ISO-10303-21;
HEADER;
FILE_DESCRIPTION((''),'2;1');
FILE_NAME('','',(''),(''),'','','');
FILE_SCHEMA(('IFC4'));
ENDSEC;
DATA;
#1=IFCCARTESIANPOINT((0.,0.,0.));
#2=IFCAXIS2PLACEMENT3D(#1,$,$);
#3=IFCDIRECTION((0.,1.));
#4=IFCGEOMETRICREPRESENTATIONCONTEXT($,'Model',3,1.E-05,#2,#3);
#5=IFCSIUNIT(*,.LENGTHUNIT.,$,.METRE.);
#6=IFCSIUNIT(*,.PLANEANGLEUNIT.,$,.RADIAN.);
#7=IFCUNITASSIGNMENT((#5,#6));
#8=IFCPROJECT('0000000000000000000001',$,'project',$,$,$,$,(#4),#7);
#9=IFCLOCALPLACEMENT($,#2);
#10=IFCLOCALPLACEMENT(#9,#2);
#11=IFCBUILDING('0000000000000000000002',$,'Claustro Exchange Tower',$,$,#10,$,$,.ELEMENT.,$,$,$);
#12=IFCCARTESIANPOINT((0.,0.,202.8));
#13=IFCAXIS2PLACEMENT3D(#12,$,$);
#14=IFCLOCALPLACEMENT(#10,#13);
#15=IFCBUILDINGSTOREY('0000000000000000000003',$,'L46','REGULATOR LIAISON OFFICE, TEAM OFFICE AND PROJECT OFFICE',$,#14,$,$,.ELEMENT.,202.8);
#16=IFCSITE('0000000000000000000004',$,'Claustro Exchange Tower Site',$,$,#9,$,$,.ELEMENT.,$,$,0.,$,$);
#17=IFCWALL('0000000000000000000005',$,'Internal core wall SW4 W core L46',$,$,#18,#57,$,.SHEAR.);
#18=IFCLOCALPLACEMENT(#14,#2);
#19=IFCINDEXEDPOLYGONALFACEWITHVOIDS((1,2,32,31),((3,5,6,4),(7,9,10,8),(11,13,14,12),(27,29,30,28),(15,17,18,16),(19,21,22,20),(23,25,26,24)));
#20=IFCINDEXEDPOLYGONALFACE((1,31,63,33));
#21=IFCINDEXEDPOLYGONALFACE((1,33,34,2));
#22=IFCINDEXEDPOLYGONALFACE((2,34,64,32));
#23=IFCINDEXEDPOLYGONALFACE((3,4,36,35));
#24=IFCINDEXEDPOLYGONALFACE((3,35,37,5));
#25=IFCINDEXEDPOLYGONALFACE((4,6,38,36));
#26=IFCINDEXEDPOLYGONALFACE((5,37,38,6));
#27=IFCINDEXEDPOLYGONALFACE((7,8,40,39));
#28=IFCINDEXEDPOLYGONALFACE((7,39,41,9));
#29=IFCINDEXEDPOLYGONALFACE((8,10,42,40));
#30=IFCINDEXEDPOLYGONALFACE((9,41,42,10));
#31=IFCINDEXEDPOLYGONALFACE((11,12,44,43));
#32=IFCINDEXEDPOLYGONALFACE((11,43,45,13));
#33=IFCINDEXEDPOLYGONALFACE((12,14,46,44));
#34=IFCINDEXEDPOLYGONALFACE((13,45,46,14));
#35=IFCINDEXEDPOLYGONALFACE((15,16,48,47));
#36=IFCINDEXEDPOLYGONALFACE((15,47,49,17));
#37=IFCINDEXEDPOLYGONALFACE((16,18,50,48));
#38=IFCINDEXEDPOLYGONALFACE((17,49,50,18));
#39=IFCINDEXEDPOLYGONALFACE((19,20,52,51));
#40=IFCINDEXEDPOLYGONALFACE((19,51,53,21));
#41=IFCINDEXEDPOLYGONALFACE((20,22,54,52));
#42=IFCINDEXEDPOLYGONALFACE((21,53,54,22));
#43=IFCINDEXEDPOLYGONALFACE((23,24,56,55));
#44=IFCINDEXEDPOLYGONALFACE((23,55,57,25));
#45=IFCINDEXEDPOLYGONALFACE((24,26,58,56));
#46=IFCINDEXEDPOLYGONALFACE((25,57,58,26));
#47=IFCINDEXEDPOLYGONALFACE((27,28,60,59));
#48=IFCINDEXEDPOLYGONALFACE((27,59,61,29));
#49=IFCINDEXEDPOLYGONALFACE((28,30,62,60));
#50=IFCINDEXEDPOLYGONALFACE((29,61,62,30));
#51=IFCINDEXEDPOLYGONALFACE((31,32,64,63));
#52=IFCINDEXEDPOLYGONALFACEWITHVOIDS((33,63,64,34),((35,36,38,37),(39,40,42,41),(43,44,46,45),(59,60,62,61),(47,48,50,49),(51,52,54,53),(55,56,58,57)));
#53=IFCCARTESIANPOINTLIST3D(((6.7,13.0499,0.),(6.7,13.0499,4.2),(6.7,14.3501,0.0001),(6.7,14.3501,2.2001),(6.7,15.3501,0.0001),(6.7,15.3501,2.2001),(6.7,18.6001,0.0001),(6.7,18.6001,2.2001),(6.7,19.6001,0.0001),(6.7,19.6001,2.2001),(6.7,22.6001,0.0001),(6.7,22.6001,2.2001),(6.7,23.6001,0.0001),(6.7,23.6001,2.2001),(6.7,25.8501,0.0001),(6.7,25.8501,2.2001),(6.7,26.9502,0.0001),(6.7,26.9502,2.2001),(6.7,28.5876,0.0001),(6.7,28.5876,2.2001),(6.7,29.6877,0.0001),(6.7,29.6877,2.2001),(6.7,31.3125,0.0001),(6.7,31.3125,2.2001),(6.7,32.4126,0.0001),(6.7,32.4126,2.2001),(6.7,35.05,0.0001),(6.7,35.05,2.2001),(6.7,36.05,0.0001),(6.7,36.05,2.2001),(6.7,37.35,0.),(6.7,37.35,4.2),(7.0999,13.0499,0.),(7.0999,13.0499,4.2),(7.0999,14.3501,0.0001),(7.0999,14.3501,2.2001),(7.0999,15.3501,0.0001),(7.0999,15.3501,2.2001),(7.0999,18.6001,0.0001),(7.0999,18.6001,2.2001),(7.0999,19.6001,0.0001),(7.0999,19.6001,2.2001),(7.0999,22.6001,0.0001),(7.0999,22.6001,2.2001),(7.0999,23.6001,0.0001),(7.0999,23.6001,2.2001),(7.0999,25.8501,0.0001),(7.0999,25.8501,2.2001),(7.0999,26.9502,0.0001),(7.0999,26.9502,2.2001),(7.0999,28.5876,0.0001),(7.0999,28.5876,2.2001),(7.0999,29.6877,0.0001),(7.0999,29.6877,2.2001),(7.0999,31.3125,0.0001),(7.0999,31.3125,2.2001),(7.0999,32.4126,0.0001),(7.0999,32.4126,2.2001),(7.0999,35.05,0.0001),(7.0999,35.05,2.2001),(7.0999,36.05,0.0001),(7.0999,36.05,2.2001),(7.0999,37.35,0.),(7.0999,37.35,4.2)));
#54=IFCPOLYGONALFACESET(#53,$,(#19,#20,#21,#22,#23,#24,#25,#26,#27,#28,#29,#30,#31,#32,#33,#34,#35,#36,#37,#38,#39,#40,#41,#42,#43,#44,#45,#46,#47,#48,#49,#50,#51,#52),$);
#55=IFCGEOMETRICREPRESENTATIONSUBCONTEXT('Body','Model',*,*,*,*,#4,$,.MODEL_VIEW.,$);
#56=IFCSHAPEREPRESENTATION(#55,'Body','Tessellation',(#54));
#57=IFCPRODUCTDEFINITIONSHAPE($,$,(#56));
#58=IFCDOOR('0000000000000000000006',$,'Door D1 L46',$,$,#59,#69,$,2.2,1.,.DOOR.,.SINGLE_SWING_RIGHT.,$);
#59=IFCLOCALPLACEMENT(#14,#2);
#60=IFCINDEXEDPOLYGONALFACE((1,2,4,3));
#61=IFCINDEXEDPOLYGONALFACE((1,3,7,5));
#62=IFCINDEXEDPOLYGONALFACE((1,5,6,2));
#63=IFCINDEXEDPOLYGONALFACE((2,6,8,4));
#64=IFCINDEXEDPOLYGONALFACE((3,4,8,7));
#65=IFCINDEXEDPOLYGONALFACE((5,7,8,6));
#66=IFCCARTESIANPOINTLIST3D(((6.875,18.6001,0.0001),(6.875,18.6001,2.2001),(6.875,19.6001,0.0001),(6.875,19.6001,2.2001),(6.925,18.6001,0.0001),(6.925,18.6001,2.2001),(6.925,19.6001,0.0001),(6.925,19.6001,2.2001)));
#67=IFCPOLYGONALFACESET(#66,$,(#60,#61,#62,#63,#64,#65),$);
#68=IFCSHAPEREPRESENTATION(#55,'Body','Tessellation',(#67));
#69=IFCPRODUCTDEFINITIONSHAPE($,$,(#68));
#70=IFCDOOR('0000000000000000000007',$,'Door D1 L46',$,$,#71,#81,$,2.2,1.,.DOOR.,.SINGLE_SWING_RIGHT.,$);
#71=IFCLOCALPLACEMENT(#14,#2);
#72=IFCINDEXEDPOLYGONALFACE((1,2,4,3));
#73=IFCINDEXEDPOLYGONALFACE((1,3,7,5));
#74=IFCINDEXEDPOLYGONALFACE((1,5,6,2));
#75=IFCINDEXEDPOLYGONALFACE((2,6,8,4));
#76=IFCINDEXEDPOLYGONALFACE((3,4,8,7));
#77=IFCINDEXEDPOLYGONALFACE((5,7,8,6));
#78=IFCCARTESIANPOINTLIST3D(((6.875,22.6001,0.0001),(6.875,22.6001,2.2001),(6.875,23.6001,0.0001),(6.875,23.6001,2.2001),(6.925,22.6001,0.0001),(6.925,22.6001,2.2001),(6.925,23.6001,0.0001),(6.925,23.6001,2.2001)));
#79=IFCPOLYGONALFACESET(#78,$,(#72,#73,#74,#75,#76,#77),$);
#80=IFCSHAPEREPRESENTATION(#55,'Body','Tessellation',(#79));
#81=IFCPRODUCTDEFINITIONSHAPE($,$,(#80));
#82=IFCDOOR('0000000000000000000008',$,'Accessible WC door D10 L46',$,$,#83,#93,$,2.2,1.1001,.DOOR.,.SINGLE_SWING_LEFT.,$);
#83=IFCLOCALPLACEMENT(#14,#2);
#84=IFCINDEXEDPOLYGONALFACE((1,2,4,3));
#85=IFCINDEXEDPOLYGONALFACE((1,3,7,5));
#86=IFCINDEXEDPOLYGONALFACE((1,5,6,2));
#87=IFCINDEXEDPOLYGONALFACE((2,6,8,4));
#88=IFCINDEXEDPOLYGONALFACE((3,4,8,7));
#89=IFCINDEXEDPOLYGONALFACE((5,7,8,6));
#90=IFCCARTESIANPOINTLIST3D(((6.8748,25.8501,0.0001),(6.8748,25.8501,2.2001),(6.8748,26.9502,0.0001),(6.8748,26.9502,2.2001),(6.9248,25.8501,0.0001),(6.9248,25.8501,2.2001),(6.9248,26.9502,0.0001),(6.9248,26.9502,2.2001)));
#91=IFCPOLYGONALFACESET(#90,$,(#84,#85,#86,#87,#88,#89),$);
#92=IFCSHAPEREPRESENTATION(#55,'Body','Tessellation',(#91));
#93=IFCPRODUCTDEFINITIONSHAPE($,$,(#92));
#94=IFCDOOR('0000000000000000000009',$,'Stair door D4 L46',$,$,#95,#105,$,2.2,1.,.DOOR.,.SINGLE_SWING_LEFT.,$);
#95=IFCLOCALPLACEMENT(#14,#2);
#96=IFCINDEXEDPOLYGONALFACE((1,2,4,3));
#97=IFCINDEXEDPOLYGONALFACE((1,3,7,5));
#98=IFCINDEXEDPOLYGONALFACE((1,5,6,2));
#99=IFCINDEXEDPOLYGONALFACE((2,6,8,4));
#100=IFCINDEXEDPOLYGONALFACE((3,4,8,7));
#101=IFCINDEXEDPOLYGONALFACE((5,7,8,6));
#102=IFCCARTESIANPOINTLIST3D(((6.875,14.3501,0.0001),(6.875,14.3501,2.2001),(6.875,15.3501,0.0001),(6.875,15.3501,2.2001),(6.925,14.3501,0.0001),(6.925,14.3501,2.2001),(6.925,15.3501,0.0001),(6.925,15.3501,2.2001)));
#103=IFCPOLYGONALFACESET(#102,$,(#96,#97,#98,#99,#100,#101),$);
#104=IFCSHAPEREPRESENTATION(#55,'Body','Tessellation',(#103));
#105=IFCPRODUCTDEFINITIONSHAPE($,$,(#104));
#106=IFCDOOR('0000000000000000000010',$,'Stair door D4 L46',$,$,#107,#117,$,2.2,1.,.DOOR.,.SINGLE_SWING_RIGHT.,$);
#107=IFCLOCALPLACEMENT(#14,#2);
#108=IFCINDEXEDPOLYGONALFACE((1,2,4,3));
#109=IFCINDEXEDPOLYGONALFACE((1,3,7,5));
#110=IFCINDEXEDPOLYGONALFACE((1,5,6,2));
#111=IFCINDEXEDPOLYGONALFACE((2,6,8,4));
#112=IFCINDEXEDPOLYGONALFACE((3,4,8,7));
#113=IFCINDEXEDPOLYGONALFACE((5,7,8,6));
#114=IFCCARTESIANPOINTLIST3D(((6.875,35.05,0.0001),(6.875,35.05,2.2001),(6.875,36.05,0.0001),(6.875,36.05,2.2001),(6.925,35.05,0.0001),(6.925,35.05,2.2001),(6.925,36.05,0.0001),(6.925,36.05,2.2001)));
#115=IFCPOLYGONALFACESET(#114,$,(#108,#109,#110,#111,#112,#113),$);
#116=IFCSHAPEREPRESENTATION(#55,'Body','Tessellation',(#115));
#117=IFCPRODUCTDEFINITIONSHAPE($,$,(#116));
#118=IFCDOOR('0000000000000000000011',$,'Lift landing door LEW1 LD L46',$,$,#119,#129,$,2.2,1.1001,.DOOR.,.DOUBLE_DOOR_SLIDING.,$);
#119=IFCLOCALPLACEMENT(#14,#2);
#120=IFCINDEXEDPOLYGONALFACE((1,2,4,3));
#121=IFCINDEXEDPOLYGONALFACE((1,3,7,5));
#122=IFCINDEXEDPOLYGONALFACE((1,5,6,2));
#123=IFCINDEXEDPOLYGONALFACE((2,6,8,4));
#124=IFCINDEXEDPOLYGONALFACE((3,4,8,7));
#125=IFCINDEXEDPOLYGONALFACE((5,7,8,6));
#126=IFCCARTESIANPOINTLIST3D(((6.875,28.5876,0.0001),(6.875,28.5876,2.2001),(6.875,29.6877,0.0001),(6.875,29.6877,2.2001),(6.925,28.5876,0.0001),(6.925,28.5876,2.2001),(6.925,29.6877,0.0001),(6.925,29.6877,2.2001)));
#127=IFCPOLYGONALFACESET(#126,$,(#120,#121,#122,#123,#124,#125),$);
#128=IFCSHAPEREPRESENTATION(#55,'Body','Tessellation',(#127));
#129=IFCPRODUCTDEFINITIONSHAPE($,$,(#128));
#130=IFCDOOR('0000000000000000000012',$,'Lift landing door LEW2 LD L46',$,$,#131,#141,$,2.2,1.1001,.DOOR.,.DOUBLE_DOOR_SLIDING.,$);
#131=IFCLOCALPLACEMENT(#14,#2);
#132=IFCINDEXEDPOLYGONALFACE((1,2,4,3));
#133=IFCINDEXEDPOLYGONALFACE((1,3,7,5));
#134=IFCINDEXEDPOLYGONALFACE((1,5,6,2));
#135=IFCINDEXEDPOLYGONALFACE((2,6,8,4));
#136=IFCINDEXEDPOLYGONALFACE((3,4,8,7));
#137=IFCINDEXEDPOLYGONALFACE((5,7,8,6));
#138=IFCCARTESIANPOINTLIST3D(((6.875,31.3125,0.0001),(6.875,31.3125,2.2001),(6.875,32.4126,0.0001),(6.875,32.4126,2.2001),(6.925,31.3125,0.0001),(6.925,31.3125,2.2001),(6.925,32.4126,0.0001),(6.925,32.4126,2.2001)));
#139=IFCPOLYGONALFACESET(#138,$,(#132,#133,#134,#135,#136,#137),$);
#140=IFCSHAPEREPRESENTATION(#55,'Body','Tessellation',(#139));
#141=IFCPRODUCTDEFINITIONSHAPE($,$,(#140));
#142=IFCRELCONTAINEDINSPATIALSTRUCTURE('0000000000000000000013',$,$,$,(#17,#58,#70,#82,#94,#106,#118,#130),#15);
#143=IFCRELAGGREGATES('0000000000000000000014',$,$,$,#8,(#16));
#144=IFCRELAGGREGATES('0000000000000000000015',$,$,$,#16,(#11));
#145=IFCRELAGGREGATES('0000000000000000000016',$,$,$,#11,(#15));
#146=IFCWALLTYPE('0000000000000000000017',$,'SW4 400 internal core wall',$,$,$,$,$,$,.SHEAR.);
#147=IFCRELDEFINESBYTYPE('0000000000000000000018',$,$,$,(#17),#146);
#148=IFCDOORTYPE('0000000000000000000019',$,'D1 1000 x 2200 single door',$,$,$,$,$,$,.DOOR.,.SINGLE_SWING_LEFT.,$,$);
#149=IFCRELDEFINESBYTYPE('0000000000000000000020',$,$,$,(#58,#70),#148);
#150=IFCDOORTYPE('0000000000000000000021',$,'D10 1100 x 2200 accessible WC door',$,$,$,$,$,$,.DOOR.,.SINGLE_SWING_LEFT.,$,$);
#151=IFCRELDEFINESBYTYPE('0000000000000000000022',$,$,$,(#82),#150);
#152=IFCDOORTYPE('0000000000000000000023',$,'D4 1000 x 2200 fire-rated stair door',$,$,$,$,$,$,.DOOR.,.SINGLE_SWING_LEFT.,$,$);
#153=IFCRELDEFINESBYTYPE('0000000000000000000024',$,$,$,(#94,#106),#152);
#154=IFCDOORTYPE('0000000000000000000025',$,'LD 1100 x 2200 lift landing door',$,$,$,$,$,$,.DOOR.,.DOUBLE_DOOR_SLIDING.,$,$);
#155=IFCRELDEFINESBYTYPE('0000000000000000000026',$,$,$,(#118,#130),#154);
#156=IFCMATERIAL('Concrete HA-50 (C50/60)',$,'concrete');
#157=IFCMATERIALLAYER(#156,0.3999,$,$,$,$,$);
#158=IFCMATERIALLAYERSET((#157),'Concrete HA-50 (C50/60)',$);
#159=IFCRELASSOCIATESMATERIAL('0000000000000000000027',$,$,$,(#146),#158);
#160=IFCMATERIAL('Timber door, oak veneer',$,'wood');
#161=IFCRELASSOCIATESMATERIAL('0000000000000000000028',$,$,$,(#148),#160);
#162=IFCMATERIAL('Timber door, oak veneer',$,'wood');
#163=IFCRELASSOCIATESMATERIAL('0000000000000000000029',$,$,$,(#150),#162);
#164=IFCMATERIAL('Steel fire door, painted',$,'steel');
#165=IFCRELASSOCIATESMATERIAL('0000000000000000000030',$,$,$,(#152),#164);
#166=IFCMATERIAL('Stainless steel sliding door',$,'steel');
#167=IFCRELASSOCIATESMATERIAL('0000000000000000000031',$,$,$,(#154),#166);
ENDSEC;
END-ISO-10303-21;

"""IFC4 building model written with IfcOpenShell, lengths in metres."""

from ifc_helpers import new_model, si_unit, direction, frame, frame_2d, origin, place, context, subcontext, project, spatial, rectangle, extrude, material, layer, layer_set, type_object, element, fill, save


model = new_model("IFC4")

# Units and contexts
model_context = context("Model", 3, precision=1e-05, world=origin(), true_north=direction((0.0, 1.0)))
body_context = subcontext(model_context, "Body", "Model", "MODEL_VIEW")
ifc_project = project(units=[si_unit("LENGTHUNIT", "METRE"), si_unit("PLANEANGLEUNIT", "RADIAN")], contexts=[model_context])

# Site, building, storey
site_placement = place(None, origin())
site = spatial("IfcSite", under=ifc_project, at=site_placement, Name="Claustro Exchange Tower Site", CompositionType="ELEMENT", RefElevation=0.0)
building_placement = place(site_placement, origin())
building = spatial("IfcBuilding", under=site, at=building_placement, Name="Claustro Exchange Tower", CompositionType="ELEMENT")
storey_placement = place(building_placement, frame((0.0, 0.0, 202.8)))
storey = spatial("IfcBuildingStorey", under=building, at=storey_placement, Name="L46", Description="REGULATOR LIAISON OFFICE, TEAM OFFICE AND PROJECT OFFICE", CompositionType="ELEMENT", Elevation=202.8)

# Wall, openings, doors
ifc_material_1 = material(Name="Concrete HA-50 (C50/60)", Category="concrete")
ifc_layer_1 = layer(ifc_material_1, 0.3999)
ifc_layer_set_1 = layer_set([ifc_layer_1], Name="Concrete HA-50 (C50/60)")
wall_type_1 = type_object("IfcWallType", Name="SW4 400 internal core wall", PredefinedType="SHEAR", material=ifc_layer_set_1)
wall_1_placement = place(storey_placement, frame((6.8999, 13.05, 0.0), z_axis=(0.0, 0.0, 1.0), x_axis=(0.0, 1.0, 0.0)))
wall_1 = element("IfcWall", 1, at=wall_1_placement, inside=storey, type_object=wall_type_1, Name="Internal core wall SW4 W core L46", PredefinedType="SHEAR", context=body_context, shape_type="SweptSolid", body=[
    extrude(rectangle(XDim=24.3, YDim=0.3999, at=frame_2d((12.1499, 0.0))), origin(), (0.0, 0.0, 1.0), 4.2),
])
opening_1_placement = place(wall_1_placement, frame((1.3, 0.0, 0.0)))
opening_1 = element("IfcOpeningElement", 2, at=opening_1_placement, cuts=wall_1, PredefinedType="OPENING", context=body_context, shape_type="SweptSolid", body=[
    extrude(rectangle(XDim=1.0, YDim=2.2, at=frame_2d((0.5, 1.1001))), frame((0.0, 0.21, 0.0), z_axis=(0.0, -1.0, 0.0), x_axis=(1.0, 0.0, 0.0)), (0.0, 0.0, 1.0), 0.4199),
])
opening_2_placement = place(wall_1_placement, frame((22.0, 0.0, 0.0)))
opening_2 = element("IfcOpeningElement", 3, at=opening_2_placement, cuts=wall_1, PredefinedType="OPENING", context=body_context, shape_type="SweptSolid", body=[
    extrude(rectangle(XDim=1.0, YDim=2.2, at=frame_2d((0.5, 1.1001))), frame((0.0, 0.21, 0.0), z_axis=(0.0, -1.0, 0.0), x_axis=(1.0, 0.0, 0.0)), (0.0, 0.0, 1.0), 0.4199),
])
opening_3_placement = place(wall_1_placement, frame((5.55, 0.0, 0.0)))
opening_3 = element("IfcOpeningElement", 4, at=opening_3_placement, cuts=wall_1, PredefinedType="OPENING", context=body_context, shape_type="SweptSolid", body=[
    extrude(rectangle(XDim=1.0, YDim=2.2, at=frame_2d((0.5, 1.1001))), frame((0.0, 0.21, 0.0), z_axis=(0.0, -1.0, 0.0), x_axis=(1.0, 0.0, 0.0)), (0.0, 0.0, 1.0), 0.4199),
])
opening_4_placement = place(wall_1_placement, frame((9.55, 0.0, 0.0)))
opening_4 = element("IfcOpeningElement", 5, at=opening_4_placement, cuts=wall_1, PredefinedType="OPENING", context=body_context, shape_type="SweptSolid", body=[
    extrude(rectangle(XDim=1.0, YDim=2.2, at=frame_2d((0.5, 1.1001))), frame((0.0, 0.21, 0.0), z_axis=(0.0, -1.0, 0.0), x_axis=(1.0, 0.0, 0.0)), (0.0, 0.0, 1.0), 0.4199),
])
opening_5_placement = place(wall_1_placement, frame((12.8, 0.0, 0.0)))
opening_5 = element("IfcOpeningElement", 6, at=opening_5_placement, cuts=wall_1, PredefinedType="OPENING", context=body_context, shape_type="SweptSolid", body=[
    extrude(rectangle(XDim=1.1001, YDim=2.2, at=frame_2d((0.55, 1.1001))), frame((0.0, 0.21, 0.0), z_axis=(0.0, -1.0, 0.0), x_axis=(1.0, 0.0, 0.0)), (0.0, 0.0, 1.0), 0.4199),
])
opening_6_placement = place(wall_1_placement, frame((15.5376, 0.0, 0.0)))
opening_6 = element("IfcOpeningElement", 7, at=opening_6_placement, cuts=wall_1, PredefinedType="OPENING", context=body_context, shape_type="SweptSolid", body=[
    extrude(rectangle(XDim=1.1001, YDim=2.2, at=frame_2d((0.55, 1.1001))), frame((0.0, 0.21, 0.0), z_axis=(0.0, -1.0, 0.0), x_axis=(1.0, 0.0, 0.0)), (0.0, 0.0, 1.0), 0.4199),
])
opening_7_placement = place(wall_1_placement, frame((18.2625, 0.0, 0.0)))
opening_7 = element("IfcOpeningElement", 8, at=opening_7_placement, cuts=wall_1, PredefinedType="OPENING", context=body_context, shape_type="SweptSolid", body=[
    extrude(rectangle(XDim=1.1001, YDim=2.2, at=frame_2d((0.55, 1.1001))), frame((0.0, 0.21, 0.0), z_axis=(0.0, -1.0, 0.0), x_axis=(1.0, 0.0, 0.0)), (0.0, 0.0, 1.0), 0.4199),
])
ifc_material_2 = material(Name="Timber door, oak veneer", Category="wood")
door_type_1 = type_object("IfcDoorType", Name="D1 1000 x 2200 single door", OperationType="SINGLE_SWING_LEFT", PredefinedType="DOOR", material=ifc_material_2)
door_1_placement = place(opening_3_placement, origin())
door_1 = element("IfcDoor", 9, at=door_1_placement, inside=storey, type_object=door_type_1, Name="Door D1 L46", OperationType="SINGLE_SWING_RIGHT", OverallHeight=2.2, OverallWidth=1.0, PredefinedType="DOOR", context=body_context, shape_type="SweptSolid", body=[
    extrude(rectangle(XDim=1.0, YDim=2.2, at=frame_2d((0.5, 1.1001))), frame((0.0, 0.0249, 0.0), z_axis=(0.0, -1.0, 0.0), x_axis=(1.0, 0.0, 0.0)), (0.0, 0.0, 1.0), 0.05),
])
fill(opening_3, door_1)
door_2_placement = place(opening_4_placement, origin())
door_2 = element("IfcDoor", 10, at=door_2_placement, inside=storey, type_object=door_type_1, Name="Door D1 L46", OperationType="SINGLE_SWING_RIGHT", OverallHeight=2.2, OverallWidth=1.0, PredefinedType="DOOR", context=body_context, shape_type="SweptSolid", body=[
    extrude(rectangle(XDim=1.0, YDim=2.2, at=frame_2d((0.5, 1.1001))), frame((0.0, 0.0249, 0.0), z_axis=(0.0, -1.0, 0.0), x_axis=(1.0, 0.0, 0.0)), (0.0, 0.0, 1.0), 0.05),
])
fill(opening_4, door_2)
ifc_material_3 = material(Name="Timber door, oak veneer", Category="wood")
door_type_2 = type_object("IfcDoorType", Name="D10 1100 x 2200 accessible WC door", OperationType="SINGLE_SWING_LEFT", PredefinedType="DOOR", material=ifc_material_3)
door_3_placement = place(opening_5_placement, frame((1.1001, 0.0, 0.0), z_axis=(0.0, 0.0, 1.0), x_axis=(-1.0, 0.0, 0.0)))
door_3 = element("IfcDoor", 11, at=door_3_placement, inside=storey, type_object=door_type_2, Name="Accessible WC door D10 L46", OperationType="SINGLE_SWING_LEFT", OverallHeight=2.2, OverallWidth=1.1001, PredefinedType="DOOR", context=body_context, shape_type="SweptSolid", body=[
    extrude(rectangle(XDim=1.1001, YDim=2.2, at=frame_2d((0.55, 1.1001))), frame((0.0, 0.0249, 0.0), z_axis=(0.0, -1.0, 0.0), x_axis=(1.0, 0.0, 0.0)), (0.0, 0.0, 1.0), 0.05),
])
fill(opening_5, door_3)
ifc_material_4 = material(Name="Steel fire door, painted", Category="steel")
door_type_3 = type_object("IfcDoorType", Name="D4 1000 x 2200 fire-rated stair door", OperationType="SINGLE_SWING_LEFT", PredefinedType="DOOR", material=ifc_material_4)
door_4_placement = place(opening_1_placement, origin())
door_4 = element("IfcDoor", 12, at=door_4_placement, inside=storey, type_object=door_type_3, Name="Stair door D4 L46", OperationType="SINGLE_SWING_LEFT", OverallHeight=2.2, OverallWidth=1.0, PredefinedType="DOOR", context=body_context, shape_type="SweptSolid", body=[
    extrude(rectangle(XDim=1.0, YDim=2.2, at=frame_2d((0.5, 1.1001))), frame((0.0, 0.0249, 0.0), z_axis=(0.0, -1.0, 0.0), x_axis=(1.0, 0.0, 0.0)), (0.0, 0.0, 1.0), 0.05),
])
fill(opening_1, door_4)
door_5_placement = place(opening_2_placement, origin())
door_5 = element("IfcDoor", 13, at=door_5_placement, inside=storey, type_object=door_type_3, Name="Stair door D4 L46", OperationType="SINGLE_SWING_RIGHT", OverallHeight=2.2, OverallWidth=1.0, PredefinedType="DOOR", context=body_context, shape_type="SweptSolid", body=[
    extrude(rectangle(XDim=1.0, YDim=2.2, at=frame_2d((0.5, 1.1001))), frame((0.0, 0.0249, 0.0), z_axis=(0.0, -1.0, 0.0), x_axis=(1.0, 0.0, 0.0)), (0.0, 0.0, 1.0), 0.05),
])
fill(opening_2, door_5)
ifc_material_5 = material(Name="Stainless steel sliding door", Category="steel")
door_type_4 = type_object("IfcDoorType", Name="LD 1100 x 2200 lift landing door", OperationType="DOUBLE_DOOR_SLIDING", PredefinedType="DOOR", material=ifc_material_5)
door_6_placement = place(opening_6_placement, origin())
door_6 = element("IfcDoor", 14, at=door_6_placement, inside=storey, type_object=door_type_4, Name="Lift landing door LEW1 LD L46", OperationType="DOUBLE_DOOR_SLIDING", OverallHeight=2.2, OverallWidth=1.1001, PredefinedType="DOOR", context=body_context, shape_type="SweptSolid", body=[
    extrude(rectangle(XDim=1.1001, YDim=2.2, at=frame_2d((0.55, 1.1001))), frame((0.0, 0.0249, 0.0), z_axis=(0.0, -1.0, 0.0), x_axis=(1.0, 0.0, 0.0)), (0.0, 0.0, 1.0), 0.05),
])
fill(opening_6, door_6)
door_7_placement = place(opening_7_placement, origin())
door_7 = element("IfcDoor", 15, at=door_7_placement, inside=storey, type_object=door_type_4, Name="Lift landing door LEW2 LD L46", OperationType="DOUBLE_DOOR_SLIDING", OverallHeight=2.2, OverallWidth=1.1001, PredefinedType="DOOR", context=body_context, shape_type="SweptSolid", body=[
    extrude(rectangle(XDim=1.1001, YDim=2.2, at=frame_2d((0.55, 1.1001))), frame((0.0, 0.0249, 0.0), z_axis=(0.0, -1.0, 0.0), x_axis=(1.0, 0.0, 0.0)), (0.0, 0.0, 1.0), 0.05),
])
fill(opening_7, door_7)

save(model, "model.ifc")
